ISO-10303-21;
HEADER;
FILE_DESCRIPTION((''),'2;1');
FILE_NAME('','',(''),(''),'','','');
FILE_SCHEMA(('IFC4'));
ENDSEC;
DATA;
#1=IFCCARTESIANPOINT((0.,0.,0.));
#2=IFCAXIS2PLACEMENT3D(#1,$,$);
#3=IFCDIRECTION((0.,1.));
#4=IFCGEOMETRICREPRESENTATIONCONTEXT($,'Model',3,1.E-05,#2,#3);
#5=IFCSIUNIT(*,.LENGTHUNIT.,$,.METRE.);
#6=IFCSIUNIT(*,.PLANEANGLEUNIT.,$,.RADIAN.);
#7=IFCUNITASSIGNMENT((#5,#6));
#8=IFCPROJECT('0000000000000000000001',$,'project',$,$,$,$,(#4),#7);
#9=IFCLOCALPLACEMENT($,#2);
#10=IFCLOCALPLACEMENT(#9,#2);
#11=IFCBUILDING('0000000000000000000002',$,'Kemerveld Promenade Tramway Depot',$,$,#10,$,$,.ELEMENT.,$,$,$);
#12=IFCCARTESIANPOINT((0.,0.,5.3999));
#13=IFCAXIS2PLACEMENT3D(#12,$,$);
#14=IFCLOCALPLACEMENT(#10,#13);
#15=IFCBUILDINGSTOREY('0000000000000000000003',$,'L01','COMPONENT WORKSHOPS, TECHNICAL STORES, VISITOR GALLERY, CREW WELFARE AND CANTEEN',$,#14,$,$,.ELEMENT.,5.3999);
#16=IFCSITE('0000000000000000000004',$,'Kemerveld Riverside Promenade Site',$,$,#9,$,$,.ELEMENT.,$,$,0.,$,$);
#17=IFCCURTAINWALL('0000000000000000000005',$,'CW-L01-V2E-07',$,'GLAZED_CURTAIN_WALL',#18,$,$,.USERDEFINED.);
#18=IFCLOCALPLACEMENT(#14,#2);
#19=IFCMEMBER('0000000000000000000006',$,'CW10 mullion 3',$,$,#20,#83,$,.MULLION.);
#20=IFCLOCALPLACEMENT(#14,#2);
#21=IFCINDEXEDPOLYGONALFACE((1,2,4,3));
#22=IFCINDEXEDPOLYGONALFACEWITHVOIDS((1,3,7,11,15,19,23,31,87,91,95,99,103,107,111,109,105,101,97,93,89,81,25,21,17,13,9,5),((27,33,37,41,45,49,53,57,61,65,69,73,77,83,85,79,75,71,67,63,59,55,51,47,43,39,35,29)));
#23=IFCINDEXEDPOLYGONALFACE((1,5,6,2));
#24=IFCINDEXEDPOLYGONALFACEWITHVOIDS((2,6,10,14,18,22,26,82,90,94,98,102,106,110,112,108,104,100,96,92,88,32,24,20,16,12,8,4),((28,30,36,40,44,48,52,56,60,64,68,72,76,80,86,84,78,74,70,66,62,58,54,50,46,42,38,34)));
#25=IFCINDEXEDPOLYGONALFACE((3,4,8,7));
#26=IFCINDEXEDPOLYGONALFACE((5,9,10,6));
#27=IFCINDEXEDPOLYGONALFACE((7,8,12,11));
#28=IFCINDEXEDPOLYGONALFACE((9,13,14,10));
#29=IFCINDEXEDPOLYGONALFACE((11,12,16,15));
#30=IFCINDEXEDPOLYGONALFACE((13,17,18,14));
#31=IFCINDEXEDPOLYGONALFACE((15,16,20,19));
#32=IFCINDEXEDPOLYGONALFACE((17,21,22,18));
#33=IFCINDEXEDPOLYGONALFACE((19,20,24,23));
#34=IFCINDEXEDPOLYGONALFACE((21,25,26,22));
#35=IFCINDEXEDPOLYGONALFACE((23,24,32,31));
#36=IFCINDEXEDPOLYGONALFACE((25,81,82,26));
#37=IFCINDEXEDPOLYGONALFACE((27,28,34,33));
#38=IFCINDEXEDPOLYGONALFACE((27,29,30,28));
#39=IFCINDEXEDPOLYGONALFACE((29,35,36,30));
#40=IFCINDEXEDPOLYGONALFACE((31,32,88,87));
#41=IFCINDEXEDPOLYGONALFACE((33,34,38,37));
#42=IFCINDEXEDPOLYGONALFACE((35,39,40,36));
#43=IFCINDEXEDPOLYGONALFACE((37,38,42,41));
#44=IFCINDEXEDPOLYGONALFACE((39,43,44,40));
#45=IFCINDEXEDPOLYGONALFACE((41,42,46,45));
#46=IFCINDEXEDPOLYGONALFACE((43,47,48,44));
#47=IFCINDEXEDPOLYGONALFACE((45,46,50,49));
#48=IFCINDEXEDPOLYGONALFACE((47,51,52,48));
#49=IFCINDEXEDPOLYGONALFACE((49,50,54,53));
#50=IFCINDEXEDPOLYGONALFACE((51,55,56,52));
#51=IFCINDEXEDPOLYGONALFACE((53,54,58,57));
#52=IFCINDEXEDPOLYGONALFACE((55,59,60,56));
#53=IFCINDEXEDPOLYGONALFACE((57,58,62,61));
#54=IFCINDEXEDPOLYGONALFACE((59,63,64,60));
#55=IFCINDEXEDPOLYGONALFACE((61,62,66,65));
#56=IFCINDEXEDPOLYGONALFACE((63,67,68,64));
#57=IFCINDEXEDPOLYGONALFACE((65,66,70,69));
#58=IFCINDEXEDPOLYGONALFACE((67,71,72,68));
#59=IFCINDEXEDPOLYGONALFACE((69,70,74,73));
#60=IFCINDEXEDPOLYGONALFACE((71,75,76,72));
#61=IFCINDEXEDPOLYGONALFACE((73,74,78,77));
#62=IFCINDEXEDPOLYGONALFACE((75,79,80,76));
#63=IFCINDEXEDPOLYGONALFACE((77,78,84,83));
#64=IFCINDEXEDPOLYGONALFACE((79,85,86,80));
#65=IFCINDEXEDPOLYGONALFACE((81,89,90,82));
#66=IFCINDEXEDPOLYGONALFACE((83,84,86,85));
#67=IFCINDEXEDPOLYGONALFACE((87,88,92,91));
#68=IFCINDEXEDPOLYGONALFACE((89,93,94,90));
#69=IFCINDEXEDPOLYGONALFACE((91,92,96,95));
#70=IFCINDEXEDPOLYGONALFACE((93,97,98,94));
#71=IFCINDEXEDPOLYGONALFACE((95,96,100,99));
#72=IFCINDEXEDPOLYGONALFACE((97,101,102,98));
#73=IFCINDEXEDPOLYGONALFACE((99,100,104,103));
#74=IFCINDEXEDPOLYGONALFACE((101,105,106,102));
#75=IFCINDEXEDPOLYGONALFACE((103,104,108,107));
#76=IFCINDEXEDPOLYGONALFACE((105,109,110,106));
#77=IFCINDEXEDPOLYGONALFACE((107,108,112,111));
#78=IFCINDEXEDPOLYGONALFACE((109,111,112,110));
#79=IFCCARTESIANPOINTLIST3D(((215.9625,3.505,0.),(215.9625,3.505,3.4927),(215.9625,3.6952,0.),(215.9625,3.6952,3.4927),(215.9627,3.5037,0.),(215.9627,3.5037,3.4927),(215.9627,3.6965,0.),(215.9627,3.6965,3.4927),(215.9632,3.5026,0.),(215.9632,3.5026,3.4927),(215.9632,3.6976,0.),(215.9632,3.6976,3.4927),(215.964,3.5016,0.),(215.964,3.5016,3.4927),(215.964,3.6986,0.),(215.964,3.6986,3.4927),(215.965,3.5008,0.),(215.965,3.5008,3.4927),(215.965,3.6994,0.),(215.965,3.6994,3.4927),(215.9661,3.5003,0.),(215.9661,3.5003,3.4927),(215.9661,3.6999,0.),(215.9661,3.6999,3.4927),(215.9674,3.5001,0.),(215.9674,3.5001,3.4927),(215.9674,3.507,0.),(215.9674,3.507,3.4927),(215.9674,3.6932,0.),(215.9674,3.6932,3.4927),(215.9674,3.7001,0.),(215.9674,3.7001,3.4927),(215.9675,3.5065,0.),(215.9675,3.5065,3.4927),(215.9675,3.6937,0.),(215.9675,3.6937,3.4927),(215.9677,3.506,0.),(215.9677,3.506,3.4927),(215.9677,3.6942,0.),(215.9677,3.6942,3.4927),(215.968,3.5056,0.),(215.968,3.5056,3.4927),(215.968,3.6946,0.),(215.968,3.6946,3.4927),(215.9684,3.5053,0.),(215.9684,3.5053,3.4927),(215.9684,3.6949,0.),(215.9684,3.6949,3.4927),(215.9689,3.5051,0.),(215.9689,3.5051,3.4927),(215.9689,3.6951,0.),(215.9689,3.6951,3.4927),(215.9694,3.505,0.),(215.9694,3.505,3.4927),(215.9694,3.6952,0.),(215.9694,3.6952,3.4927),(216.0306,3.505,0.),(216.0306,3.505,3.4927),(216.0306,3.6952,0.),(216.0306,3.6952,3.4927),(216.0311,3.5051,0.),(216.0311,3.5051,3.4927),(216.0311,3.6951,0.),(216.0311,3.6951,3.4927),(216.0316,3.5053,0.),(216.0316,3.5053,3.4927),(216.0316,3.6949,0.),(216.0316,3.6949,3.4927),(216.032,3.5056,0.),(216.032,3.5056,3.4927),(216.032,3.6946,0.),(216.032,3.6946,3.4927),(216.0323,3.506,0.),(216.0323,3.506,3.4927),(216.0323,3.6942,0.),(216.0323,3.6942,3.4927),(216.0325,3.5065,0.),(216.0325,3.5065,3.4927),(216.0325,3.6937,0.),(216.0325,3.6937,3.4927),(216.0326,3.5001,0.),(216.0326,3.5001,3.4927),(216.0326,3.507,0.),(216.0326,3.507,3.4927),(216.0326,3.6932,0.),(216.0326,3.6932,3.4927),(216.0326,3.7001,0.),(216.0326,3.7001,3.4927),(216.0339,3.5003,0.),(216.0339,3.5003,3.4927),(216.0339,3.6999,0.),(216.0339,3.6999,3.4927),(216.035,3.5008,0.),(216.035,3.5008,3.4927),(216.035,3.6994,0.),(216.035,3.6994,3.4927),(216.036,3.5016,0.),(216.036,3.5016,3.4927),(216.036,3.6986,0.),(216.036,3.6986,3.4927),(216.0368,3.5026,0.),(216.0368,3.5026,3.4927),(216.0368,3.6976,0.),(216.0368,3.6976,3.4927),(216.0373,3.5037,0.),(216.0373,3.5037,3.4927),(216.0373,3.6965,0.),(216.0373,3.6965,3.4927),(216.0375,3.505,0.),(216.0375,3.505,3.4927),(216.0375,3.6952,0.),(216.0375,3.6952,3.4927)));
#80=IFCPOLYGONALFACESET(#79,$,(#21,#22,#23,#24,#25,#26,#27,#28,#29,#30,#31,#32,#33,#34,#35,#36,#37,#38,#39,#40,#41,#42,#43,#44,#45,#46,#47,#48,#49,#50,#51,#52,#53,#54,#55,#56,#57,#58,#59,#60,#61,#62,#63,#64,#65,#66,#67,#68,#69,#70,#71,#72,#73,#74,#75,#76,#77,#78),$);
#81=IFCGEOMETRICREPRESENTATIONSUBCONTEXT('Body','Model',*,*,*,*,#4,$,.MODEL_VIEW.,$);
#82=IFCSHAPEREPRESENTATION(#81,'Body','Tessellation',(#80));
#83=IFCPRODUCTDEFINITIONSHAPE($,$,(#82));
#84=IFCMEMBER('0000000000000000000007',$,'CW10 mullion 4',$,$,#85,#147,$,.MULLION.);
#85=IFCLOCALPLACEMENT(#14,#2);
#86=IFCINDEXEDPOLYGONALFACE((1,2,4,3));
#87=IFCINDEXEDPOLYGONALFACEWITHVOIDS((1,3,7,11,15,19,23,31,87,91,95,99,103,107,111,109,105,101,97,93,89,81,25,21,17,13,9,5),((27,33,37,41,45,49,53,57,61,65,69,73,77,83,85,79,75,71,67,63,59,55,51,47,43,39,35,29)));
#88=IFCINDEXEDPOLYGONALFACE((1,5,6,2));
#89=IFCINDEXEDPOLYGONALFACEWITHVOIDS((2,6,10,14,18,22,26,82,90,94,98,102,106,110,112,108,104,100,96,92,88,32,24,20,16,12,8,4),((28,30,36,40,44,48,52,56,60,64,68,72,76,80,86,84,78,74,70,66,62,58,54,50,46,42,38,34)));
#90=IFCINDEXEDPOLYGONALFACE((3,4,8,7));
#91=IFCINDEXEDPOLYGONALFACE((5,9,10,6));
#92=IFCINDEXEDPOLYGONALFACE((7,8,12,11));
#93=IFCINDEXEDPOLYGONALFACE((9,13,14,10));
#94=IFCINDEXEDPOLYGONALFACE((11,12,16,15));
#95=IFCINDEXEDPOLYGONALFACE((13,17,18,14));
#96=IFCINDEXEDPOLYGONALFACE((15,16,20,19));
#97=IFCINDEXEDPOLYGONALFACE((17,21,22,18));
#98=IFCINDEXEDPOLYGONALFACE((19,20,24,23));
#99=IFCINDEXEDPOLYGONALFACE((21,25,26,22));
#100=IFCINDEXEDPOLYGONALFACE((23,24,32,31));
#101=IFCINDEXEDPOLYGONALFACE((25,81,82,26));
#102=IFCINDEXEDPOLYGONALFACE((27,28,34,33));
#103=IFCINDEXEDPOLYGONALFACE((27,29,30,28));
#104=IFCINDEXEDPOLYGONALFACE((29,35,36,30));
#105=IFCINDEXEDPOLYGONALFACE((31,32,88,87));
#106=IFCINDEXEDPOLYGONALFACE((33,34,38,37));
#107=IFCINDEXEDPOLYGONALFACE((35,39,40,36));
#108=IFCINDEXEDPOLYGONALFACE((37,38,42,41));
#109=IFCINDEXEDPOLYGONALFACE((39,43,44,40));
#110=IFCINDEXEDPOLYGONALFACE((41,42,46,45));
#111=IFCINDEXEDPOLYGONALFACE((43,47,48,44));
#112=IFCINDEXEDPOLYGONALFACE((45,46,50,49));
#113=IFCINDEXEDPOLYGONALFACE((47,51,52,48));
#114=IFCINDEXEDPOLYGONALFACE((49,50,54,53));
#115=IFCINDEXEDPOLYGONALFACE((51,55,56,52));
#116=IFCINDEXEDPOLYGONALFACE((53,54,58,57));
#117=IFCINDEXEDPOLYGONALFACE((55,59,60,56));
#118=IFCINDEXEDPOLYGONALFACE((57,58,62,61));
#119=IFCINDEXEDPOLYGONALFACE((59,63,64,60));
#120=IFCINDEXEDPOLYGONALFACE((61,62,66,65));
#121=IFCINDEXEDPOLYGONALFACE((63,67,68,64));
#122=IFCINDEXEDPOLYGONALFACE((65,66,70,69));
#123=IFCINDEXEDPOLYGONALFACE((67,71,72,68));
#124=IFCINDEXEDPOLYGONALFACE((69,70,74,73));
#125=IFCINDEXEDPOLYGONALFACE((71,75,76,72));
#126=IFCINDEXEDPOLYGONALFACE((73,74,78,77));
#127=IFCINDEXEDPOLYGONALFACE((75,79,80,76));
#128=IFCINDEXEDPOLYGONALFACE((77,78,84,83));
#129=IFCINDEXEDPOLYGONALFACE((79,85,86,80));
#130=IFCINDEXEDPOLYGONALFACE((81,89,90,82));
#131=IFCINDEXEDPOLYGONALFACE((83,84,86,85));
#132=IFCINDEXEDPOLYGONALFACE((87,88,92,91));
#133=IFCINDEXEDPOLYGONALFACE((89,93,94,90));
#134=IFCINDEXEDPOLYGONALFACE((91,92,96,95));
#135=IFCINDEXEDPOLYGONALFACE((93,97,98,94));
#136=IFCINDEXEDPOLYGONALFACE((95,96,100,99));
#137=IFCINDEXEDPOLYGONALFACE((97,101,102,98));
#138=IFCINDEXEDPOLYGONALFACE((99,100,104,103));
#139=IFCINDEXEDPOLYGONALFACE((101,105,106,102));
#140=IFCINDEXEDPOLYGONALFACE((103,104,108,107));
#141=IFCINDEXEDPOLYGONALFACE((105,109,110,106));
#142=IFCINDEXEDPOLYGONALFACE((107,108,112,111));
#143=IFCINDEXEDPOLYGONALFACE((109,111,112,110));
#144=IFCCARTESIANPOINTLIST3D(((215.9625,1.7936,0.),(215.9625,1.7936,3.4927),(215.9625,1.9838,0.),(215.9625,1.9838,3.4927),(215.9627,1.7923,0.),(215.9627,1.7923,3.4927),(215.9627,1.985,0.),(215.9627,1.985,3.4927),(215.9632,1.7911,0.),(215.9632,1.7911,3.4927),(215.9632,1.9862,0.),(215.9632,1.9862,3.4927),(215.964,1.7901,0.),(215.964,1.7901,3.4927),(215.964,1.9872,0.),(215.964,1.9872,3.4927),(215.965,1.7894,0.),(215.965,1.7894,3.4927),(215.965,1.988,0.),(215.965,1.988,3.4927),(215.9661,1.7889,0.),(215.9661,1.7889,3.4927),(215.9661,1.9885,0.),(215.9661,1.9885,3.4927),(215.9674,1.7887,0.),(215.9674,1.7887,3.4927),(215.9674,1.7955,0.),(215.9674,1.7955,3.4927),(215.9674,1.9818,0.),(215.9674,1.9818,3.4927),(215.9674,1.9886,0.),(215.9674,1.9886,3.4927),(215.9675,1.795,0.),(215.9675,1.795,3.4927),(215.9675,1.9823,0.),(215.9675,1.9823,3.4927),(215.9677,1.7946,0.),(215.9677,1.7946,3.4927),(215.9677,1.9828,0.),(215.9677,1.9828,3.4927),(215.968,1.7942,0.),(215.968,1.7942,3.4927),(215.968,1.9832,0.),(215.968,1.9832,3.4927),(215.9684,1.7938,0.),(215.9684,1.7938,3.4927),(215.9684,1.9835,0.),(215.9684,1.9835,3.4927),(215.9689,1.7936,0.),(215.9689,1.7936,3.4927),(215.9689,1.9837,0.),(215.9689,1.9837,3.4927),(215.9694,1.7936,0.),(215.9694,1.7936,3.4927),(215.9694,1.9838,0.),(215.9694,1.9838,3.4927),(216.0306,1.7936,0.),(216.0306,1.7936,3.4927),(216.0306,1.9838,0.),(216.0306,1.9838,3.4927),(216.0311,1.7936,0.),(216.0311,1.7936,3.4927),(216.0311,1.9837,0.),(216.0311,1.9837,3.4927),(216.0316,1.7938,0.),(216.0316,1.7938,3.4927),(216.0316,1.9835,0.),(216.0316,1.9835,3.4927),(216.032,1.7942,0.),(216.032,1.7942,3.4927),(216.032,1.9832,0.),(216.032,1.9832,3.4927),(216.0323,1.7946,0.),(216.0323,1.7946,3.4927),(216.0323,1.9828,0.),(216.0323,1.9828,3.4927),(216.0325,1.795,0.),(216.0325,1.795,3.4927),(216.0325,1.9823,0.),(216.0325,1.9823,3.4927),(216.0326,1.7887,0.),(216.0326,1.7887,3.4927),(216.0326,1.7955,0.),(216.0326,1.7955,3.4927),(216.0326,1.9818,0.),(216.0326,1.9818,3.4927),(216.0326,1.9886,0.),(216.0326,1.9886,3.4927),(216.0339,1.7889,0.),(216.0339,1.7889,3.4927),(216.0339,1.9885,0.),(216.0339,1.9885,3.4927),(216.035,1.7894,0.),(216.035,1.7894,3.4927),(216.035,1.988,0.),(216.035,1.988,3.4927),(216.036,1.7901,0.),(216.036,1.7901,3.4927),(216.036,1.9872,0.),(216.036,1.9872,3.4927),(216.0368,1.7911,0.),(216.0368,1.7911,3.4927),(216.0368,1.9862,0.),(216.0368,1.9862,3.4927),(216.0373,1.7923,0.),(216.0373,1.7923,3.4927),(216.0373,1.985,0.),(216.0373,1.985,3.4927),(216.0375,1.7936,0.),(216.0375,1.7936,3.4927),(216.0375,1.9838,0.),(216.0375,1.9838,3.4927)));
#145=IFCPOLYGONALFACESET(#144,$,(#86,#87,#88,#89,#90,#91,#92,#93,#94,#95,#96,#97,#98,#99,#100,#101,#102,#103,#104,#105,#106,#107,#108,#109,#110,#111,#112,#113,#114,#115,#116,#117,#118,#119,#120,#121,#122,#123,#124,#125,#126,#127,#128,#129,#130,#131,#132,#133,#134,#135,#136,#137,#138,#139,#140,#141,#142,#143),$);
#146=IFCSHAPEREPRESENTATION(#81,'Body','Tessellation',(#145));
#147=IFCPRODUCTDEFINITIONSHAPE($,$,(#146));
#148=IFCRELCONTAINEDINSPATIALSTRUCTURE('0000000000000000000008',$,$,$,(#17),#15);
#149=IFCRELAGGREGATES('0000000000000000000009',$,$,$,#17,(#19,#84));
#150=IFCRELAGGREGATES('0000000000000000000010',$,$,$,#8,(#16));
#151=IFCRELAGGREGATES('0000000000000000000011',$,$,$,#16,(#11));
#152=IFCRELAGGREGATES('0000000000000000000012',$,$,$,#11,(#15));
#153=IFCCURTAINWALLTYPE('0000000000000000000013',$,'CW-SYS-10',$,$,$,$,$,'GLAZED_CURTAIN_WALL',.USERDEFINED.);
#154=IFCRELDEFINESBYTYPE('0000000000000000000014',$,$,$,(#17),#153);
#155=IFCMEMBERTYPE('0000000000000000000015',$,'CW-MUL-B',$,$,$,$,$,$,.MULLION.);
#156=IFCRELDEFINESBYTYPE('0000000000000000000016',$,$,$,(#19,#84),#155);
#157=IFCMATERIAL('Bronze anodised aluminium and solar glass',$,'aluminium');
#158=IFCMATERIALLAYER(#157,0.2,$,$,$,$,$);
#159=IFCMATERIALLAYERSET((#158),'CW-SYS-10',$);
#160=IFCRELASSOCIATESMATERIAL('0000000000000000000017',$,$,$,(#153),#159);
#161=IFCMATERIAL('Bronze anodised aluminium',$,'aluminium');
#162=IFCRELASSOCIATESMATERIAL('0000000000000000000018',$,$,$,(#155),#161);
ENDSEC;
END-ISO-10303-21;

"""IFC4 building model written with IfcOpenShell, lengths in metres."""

from ifc_helpers import new_model, si_unit, direction, frame, origin, origin_2d, place, context, subcontext, project, spatial, hollow_rectangle, extrude, material, layer, layer_set, material_profile, profile_set, type_object, element, aggregate, save


model = new_model("IFC4")

# Units and contexts
model_context = context("Model", 3, precision=1e-05, world=origin(), true_north=direction((0.0, 1.0)))
body_context = subcontext(model_context, "Body", "Model", "MODEL_VIEW")
ifc_project = project(units=[si_unit("LENGTHUNIT", "METRE"), si_unit("PLANEANGLEUNIT", "RADIAN")], contexts=[model_context])

# Site, building, storey
site_placement = place(None, origin())
site = spatial("IfcSite", under=ifc_project, at=site_placement, Name="Kemerveld Riverside Promenade Site", CompositionType="ELEMENT", RefElevation=0.0)
building_placement = place(site_placement, origin())
building = spatial("IfcBuilding", under=site, at=building_placement, Name="Kemerveld Promenade Tramway Depot", CompositionType="ELEMENT")
storey_placement = place(building_placement, frame((0.0, 0.0, 5.3999)))
storey = spatial("IfcBuildingStorey", under=building, at=storey_placement, Name="L01", Description="COMPONENT WORKSHOPS, TECHNICAL STORES, VISITOR GALLERY, CREW WELFARE AND CANTEEN", CompositionType="ELEMENT", Elevation=5.3999)

# Curtain wall, members
ifc_material_1 = material(Name="Bronze anodised aluminium and solar glass", Category="aluminium")
ifc_layer_1 = layer(ifc_material_1, 0.2)
ifc_layer_set_1 = layer_set([ifc_layer_1], Name="CW-SYS-10")
curtain_wall_type = type_object("IfcCurtainWallType", Name="CW-SYS-10", ElementType="GLAZED_CURTAIN_WALL", PredefinedType="USERDEFINED", material=ifc_layer_set_1)
curtain_wall_placement = place(storey_placement, origin())
curtain_wall = element("IfcCurtainWall", 1, at=curtain_wall_placement, inside=storey, type_object=curtain_wall_type, Name="CW-L01-V2E-07", ObjectType="GLAZED_CURTAIN_WALL", PredefinedType="USERDEFINED")
ifc_material_2 = material(Name="Bronze anodised aluminium", Category="aluminium")
ifc_material_profile_1 = material_profile(ifc_material_2, hollow_rectangle(XDim=0.075, YDim=0.2, WallThickness=0.0049, InnerFilletRadius=0.002, OuterFilletRadius=0.0049, at=origin_2d()), Name="CW-MUL-200x75")
ifc_profile_set_1 = profile_set([ifc_material_profile_1], Name="Bronze anodised aluminium")
member_type_1 = type_object("IfcMemberType", Name="CW-MUL-B", PredefinedType="MULLION", material=ifc_profile_set_1)
member_1_placement = place(storey_placement, frame((216.0, 3.6001, 0.0), z_axis=(0.0, 0.0, 1.0), x_axis=(1.0, 0.0, 0.0)))
member_1 = element("IfcMember", 2, at=member_1_placement, type_object=member_type_1, Name="CW10 mullion 3", PredefinedType="MULLION", context=body_context, shape_type="SweptSolid", body=[
    extrude(hollow_rectangle(XDim=0.075, YDim=0.2, WallThickness=0.0049, InnerFilletRadius=0.002, OuterFilletRadius=0.0049, at=origin_2d()), origin(), (0.0, 0.0, 1.0), 3.4927),
])
member_2_placement = place(storey_placement, frame((216.0, 1.8887, 0.0), z_axis=(0.0, 0.0, 1.0), x_axis=(1.0, 0.0, 0.0)))
member_2 = element("IfcMember", 3, at=member_2_placement, type_object=member_type_1, Name="CW10 mullion 4", PredefinedType="MULLION", context=body_context, shape_type="SweptSolid", body=[
    extrude(hollow_rectangle(XDim=0.075, YDim=0.2, WallThickness=0.0049, InnerFilletRadius=0.002, OuterFilletRadius=0.0049, at=origin_2d()), origin(), (0.0, 0.0, 1.0), 3.4927),
])
aggregate(curtain_wall, [member_1, member_2])

save(model, "model.ifc")
